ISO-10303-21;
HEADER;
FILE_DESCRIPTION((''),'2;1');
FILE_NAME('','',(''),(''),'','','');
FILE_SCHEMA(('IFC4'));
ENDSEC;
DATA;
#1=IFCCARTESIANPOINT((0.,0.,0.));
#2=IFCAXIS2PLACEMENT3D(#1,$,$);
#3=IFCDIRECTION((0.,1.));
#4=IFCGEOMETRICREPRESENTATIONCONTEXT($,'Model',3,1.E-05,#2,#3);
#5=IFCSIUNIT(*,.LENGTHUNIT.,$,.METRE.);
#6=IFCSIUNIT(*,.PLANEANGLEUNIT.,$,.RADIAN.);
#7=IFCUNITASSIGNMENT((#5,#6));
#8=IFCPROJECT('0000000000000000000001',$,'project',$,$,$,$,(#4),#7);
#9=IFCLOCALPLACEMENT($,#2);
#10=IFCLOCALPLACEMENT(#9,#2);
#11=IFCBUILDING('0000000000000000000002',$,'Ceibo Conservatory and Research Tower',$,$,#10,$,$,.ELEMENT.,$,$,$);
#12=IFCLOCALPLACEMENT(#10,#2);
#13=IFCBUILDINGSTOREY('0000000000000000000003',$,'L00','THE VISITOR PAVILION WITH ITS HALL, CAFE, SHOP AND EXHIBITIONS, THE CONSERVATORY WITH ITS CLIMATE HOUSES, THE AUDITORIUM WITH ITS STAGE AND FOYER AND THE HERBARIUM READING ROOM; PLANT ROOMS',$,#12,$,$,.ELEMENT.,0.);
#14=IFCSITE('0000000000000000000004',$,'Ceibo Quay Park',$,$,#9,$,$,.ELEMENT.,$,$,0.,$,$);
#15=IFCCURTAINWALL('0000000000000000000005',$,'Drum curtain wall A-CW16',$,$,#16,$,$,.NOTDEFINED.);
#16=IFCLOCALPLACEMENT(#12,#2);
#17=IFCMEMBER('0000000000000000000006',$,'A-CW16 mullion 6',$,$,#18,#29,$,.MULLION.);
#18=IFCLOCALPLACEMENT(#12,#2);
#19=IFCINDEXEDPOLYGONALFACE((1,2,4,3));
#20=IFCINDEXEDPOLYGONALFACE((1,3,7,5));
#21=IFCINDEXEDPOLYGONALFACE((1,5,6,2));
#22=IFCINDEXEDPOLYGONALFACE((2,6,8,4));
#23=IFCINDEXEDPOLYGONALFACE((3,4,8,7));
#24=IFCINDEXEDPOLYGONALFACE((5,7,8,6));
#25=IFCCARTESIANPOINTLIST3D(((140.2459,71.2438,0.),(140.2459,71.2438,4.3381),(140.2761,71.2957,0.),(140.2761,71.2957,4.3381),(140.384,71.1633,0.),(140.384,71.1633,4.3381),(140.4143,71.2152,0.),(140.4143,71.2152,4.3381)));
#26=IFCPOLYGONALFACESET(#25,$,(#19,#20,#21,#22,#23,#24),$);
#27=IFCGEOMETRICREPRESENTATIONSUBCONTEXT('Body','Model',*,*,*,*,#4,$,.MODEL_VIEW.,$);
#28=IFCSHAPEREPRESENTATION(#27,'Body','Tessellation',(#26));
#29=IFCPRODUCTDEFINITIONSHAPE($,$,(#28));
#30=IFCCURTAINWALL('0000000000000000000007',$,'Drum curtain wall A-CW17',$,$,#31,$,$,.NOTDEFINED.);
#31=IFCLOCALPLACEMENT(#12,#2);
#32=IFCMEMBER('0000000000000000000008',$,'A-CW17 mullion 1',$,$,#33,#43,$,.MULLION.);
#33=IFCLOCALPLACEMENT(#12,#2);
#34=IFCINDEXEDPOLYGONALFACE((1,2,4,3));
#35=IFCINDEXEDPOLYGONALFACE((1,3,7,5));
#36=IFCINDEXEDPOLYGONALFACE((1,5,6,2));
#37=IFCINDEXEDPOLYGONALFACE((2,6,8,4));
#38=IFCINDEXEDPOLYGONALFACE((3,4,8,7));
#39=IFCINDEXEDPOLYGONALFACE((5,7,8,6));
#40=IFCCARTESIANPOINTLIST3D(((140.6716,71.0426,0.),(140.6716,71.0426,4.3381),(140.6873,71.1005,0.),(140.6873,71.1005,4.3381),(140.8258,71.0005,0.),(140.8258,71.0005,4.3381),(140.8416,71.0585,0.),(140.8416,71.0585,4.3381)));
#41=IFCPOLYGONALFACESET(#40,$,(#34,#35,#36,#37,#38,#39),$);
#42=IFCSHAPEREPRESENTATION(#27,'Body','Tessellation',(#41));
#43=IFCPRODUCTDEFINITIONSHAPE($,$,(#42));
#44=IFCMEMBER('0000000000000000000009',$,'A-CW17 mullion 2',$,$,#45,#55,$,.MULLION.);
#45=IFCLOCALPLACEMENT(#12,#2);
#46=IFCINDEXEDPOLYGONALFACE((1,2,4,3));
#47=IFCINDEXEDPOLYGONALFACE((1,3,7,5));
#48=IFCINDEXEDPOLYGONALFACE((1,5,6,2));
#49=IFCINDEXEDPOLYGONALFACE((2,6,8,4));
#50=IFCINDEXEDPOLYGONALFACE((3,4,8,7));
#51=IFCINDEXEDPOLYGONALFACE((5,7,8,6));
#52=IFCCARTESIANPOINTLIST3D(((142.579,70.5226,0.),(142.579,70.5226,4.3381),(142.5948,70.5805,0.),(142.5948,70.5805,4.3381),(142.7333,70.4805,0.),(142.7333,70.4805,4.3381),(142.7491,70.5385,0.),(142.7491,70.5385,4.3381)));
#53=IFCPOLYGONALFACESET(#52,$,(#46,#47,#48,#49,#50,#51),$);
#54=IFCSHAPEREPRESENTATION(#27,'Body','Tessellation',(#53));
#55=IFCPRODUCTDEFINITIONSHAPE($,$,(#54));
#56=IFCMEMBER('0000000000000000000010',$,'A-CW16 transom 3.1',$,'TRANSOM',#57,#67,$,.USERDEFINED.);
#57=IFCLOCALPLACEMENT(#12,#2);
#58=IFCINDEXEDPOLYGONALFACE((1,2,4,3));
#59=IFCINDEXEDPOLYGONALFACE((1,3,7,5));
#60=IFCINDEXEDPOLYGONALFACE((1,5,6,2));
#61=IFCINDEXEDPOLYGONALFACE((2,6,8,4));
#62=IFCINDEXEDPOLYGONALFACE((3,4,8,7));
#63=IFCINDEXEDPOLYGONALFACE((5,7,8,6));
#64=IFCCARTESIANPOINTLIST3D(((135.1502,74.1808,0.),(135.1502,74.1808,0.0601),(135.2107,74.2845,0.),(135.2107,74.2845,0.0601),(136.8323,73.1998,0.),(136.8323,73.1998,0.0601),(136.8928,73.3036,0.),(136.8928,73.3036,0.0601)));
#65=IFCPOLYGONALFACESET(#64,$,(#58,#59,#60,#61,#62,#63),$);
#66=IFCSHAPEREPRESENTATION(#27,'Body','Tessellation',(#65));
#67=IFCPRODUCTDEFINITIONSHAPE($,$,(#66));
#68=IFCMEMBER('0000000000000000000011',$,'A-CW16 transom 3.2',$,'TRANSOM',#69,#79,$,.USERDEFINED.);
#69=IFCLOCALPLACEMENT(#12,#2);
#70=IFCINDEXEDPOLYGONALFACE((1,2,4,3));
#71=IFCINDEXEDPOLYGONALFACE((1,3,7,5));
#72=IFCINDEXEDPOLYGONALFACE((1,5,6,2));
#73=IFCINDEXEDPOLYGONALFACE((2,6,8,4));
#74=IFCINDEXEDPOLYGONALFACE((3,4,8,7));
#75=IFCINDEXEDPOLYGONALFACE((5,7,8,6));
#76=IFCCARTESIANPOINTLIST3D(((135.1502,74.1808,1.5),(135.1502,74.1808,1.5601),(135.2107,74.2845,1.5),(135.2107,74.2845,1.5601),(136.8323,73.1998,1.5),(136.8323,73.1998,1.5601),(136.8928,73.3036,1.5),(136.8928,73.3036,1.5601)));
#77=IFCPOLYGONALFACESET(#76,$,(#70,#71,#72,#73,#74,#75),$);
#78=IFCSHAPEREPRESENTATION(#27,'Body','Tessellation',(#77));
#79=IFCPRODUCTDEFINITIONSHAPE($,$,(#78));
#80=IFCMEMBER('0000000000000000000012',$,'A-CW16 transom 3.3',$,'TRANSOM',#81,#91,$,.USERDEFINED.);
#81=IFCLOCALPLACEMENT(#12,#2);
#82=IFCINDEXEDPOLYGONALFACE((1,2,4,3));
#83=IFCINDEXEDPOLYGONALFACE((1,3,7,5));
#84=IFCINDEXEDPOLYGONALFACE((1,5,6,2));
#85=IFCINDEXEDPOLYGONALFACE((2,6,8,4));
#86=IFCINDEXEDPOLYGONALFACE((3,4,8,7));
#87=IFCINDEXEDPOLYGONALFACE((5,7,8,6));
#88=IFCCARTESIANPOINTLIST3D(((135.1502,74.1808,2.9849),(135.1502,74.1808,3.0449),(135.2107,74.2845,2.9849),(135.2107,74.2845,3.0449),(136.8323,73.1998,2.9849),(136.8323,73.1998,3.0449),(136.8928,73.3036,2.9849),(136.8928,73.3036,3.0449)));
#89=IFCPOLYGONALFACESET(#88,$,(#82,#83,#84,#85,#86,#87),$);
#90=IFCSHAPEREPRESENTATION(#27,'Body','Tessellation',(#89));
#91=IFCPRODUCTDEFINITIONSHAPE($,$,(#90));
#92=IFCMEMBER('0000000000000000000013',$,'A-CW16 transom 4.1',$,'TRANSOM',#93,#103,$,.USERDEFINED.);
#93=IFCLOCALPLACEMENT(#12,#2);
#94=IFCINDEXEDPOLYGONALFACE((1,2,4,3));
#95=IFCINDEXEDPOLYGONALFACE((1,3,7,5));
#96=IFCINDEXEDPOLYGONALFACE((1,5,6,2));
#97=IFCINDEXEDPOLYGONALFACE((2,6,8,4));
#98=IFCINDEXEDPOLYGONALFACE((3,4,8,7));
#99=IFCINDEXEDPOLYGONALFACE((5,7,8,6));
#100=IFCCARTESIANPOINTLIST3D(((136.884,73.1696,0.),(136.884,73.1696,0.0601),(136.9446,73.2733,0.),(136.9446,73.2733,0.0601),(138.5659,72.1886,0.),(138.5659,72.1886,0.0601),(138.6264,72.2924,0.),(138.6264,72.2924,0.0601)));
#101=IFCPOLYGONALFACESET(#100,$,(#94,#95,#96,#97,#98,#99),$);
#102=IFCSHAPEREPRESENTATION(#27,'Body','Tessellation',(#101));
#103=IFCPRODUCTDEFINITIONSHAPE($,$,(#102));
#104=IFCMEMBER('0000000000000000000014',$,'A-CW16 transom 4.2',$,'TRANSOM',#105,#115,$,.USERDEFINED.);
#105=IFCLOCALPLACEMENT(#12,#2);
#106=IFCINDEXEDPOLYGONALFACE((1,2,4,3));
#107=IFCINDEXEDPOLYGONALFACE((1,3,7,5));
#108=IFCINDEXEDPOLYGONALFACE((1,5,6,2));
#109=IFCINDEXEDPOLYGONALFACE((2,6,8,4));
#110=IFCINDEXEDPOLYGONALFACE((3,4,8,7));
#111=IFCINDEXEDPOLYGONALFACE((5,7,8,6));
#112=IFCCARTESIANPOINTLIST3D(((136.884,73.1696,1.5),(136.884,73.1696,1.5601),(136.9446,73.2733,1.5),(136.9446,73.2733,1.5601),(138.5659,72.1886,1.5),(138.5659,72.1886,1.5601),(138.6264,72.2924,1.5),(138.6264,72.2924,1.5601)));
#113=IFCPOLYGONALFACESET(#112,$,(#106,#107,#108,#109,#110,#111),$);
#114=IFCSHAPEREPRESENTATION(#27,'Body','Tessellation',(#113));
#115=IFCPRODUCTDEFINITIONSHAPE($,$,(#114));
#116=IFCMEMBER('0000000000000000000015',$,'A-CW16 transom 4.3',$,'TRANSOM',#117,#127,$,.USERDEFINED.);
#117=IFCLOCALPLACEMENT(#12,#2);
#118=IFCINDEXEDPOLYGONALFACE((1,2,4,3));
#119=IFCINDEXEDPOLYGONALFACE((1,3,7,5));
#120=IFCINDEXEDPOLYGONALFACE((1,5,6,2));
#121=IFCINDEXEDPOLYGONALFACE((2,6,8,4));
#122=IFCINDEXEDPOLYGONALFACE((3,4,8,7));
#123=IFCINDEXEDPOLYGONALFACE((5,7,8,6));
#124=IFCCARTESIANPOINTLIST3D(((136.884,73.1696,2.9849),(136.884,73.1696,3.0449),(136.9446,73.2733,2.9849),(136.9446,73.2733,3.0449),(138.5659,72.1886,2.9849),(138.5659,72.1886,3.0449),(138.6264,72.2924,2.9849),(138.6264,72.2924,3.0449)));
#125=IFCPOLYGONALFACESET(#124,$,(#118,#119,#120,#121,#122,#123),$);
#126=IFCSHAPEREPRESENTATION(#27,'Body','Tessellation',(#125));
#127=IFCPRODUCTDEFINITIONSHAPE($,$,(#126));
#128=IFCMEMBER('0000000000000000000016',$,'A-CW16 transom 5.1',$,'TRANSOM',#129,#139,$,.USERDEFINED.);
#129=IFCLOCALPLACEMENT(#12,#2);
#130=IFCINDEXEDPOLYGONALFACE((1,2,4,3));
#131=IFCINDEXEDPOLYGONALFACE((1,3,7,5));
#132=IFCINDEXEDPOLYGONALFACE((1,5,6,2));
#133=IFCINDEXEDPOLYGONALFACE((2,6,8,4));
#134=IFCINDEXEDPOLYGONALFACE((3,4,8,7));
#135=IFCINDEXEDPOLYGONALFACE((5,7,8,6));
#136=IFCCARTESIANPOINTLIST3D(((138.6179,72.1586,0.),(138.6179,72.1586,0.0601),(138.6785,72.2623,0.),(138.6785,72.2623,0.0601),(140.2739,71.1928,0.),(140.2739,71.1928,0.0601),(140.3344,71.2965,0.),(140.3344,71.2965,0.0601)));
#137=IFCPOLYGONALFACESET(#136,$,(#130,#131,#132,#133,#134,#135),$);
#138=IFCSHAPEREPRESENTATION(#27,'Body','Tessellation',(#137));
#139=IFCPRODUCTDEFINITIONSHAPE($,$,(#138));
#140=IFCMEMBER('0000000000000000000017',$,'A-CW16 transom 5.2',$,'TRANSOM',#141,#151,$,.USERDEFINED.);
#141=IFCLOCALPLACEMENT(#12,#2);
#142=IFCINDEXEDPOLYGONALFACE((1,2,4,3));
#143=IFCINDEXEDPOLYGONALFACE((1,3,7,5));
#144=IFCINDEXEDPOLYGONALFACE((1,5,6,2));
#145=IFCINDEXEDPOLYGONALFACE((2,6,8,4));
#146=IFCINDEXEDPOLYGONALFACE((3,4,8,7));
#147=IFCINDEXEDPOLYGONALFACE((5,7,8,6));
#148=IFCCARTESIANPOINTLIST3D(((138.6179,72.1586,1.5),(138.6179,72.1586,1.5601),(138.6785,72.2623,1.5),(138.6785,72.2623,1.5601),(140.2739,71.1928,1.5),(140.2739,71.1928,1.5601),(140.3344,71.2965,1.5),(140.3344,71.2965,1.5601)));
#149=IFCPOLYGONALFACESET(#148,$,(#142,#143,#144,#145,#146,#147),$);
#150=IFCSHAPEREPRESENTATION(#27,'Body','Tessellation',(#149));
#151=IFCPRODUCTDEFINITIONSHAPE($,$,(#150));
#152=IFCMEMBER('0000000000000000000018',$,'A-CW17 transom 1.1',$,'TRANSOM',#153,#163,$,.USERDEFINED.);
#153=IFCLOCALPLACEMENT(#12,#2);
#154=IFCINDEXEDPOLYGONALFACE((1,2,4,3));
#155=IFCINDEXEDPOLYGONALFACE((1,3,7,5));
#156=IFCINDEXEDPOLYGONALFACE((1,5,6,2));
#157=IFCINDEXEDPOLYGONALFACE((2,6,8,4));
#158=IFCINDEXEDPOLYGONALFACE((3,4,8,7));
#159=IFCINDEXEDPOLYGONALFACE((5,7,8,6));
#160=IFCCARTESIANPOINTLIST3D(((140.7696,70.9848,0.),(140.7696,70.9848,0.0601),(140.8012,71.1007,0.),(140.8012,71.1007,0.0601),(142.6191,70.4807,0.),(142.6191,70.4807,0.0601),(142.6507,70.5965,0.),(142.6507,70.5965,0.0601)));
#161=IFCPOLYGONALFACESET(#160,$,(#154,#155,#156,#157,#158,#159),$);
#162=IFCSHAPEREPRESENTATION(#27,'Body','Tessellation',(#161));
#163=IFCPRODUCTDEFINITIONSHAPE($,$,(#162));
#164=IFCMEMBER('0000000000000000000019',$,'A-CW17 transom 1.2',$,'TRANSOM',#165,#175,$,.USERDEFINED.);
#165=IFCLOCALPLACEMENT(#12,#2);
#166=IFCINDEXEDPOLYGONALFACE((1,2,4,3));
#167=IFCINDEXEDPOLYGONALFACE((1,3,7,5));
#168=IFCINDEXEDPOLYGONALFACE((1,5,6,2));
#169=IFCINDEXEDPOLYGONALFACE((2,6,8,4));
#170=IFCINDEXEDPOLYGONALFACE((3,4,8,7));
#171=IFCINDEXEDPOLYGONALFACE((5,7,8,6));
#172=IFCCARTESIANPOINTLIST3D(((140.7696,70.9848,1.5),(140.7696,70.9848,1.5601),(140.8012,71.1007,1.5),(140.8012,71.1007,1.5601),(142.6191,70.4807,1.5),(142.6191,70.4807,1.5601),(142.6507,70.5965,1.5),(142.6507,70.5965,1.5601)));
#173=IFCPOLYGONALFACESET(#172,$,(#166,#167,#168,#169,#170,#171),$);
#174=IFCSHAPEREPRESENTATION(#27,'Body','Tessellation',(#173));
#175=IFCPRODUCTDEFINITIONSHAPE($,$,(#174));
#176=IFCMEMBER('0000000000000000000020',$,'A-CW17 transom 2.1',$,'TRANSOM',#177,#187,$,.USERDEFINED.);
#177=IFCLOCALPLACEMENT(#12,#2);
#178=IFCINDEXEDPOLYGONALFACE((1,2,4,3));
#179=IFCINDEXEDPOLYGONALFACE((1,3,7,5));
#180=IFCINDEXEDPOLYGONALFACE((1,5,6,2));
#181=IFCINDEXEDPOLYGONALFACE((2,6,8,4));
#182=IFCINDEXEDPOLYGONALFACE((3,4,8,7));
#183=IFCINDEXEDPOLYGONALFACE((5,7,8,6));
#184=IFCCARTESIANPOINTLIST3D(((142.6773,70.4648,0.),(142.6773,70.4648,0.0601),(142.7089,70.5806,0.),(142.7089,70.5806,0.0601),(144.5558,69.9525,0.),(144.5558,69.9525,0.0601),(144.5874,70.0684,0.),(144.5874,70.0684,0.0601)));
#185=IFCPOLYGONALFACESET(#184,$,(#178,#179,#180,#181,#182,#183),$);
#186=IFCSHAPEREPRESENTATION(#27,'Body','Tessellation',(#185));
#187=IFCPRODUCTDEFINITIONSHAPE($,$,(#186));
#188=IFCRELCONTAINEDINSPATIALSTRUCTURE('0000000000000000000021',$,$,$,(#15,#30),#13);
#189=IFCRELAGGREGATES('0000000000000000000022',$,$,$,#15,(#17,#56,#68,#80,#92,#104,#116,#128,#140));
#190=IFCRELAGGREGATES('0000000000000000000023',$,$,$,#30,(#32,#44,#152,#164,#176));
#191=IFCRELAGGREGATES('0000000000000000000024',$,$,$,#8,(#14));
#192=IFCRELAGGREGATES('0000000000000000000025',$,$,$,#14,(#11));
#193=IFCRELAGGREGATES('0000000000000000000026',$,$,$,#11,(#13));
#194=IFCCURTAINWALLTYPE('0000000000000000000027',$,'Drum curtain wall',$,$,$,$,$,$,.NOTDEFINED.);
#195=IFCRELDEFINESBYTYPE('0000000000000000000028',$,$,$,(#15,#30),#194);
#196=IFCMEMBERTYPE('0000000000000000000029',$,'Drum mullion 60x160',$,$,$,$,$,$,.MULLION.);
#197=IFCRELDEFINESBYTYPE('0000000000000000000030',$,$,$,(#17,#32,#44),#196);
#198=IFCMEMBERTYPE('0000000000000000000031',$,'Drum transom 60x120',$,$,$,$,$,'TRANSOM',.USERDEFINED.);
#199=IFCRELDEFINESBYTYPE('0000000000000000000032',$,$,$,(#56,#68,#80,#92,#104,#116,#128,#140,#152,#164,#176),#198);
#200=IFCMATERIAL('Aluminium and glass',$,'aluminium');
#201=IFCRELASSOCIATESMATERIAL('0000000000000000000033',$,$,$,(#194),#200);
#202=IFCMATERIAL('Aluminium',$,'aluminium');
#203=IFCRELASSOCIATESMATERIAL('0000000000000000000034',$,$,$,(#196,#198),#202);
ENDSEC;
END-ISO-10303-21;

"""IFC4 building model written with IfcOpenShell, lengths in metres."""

from ifc_helpers import new_model, si_unit, direction, frame, origin, origin_2d, place, context, subcontext, project, spatial, rectangle, extrude, material, material_profile, profile_set, type_object, element, aggregate, save


model = new_model("IFC4")

# Units and contexts
model_context = context("Model", 3, precision=1e-05, world=origin(), true_north=direction((0.0, 1.0)))
body_context = subcontext(model_context, "Body", "Model", "MODEL_VIEW")
ifc_project = project(units=[si_unit("LENGTHUNIT", "METRE"), si_unit("PLANEANGLEUNIT", "RADIAN")], contexts=[model_context])

# Site, building, storey
site_placement = place(None, origin())
site = spatial("IfcSite", under=ifc_project, at=site_placement, Name="Ceibo Quay Park", CompositionType="ELEMENT", RefElevation=0.0)
building_placement = place(site_placement, origin())
building = spatial("IfcBuilding", under=site, at=building_placement, Name="Ceibo Conservatory and Research Tower", CompositionType="ELEMENT")
storey_placement = place(building_placement, origin())
storey = spatial("IfcBuildingStorey", under=building, at=storey_placement, Name="L00", Description="THE VISITOR PAVILION WITH ITS HALL, CAFE, SHOP AND EXHIBITIONS, THE CONSERVATORY WITH ITS CLIMATE HOUSES, THE AUDITORIUM WITH ITS STAGE AND FOYER AND THE HERBARIUM READING ROOM; PLANT ROOMS", CompositionType="ELEMENT", Elevation=0.0)

# Curtain walls, members
ifc_material_1 = material(Name="Aluminium and glass", Category="aluminium")
curtain_wall_type = type_object("IfcCurtainWallType", Name="Drum curtain wall", PredefinedType="NOTDEFINED", material=ifc_material_1)
curtain_wall_1_placement = place(storey_placement, origin())
curtain_wall_1 = element("IfcCurtainWall", 1, at=curtain_wall_1_placement, inside=storey, type_object=curtain_wall_type, Name="Drum curtain wall A-CW16", PredefinedType="NOTDEFINED")
ifc_material_2 = material(Name="Aluminium", Category="aluminium")
ifc_material_profile_1 = material_profile(ifc_material_2, rectangle(XDim=0.0601, YDim=0.1599, at=origin_2d()), Name="AL 60x160")
ifc_profile_set_1 = profile_set([ifc_material_profile_1], Name="Aluminium")
member_type_1 = type_object("IfcMemberType", Name="Drum mullion 60x160", PredefinedType="MULLION", material=ifc_profile_set_1)
member_1_placement = place(storey_placement, frame((140.3301, 71.2295, 0.0), z_axis=(0.0, 0.0, 1.0), x_axis=(0.503774, 0.863836, 0.0)))
member_1 = element("IfcMember", 2, at=member_1_placement, type_object=member_type_1, Name="A-CW16 mullion 6", PredefinedType="MULLION", context=body_context, shape_type="SweptSolid", body=[
    extrude(rectangle(XDim=0.0601, YDim=0.1599, at=origin_2d()), origin(), (0.0, 0.0, 1.0), 4.3381),
])
curtain_wall_2_placement = place(storey_placement, origin())
curtain_wall_2 = element("IfcCurtainWall", 3, at=curtain_wall_2_placement, inside=storey, type_object=curtain_wall_type, Name="Drum curtain wall A-CW17", PredefinedType="NOTDEFINED")
member_2_placement = place(storey_placement, frame((140.7566, 71.0505, 0.0), z_axis=(0.0, 0.0, 1.0), x_axis=(0.263031, 0.964787, 0.0)))
member_2 = element("IfcMember", 4, at=member_2_placement, type_object=member_type_1, Name="A-CW17 mullion 1", PredefinedType="MULLION", context=body_context, shape_type="SweptSolid", body=[
    extrude(rectangle(XDim=0.0601, YDim=0.1599, at=origin_2d()), origin(), (0.0, 0.0, 1.0), 4.3381),
])
member_3_placement = place(storey_placement, frame((142.6641, 70.5305, 0.0), z_axis=(0.0, 0.0, 1.0), x_axis=(0.263031, 0.964787, 0.0)))
member_3 = element("IfcMember", 5, at=member_3_placement, type_object=member_type_1, Name="A-CW17 mullion 2", PredefinedType="MULLION", context=body_context, shape_type="SweptSolid", body=[
    extrude(rectangle(XDim=0.0601, YDim=0.1599, at=origin_2d()), origin(), (0.0, 0.0, 1.0), 4.3381),
])

# Members
ifc_material_profile_2 = material_profile(ifc_material_2, rectangle(XDim=0.1201, YDim=0.0601, at=origin_2d()), Name="AL 60x120")
ifc_profile_set_2 = profile_set([ifc_material_profile_2], Name="Aluminium")
member_type_2 = type_object("IfcMemberType", Name="Drum transom 60x120", ElementType="TRANSOM", PredefinedType="USERDEFINED", material=ifc_profile_set_2)
member_4_placement = place(storey_placement, frame((135.1804, 74.2327, 0.03), z_axis=(0.863843, -0.503762, 0.0), x_axis=(0.503762, 0.863843, 0.0)))
member_4 = element("IfcMember", 6, at=member_4_placement, type_object=member_type_2, Name="A-CW16 transom 3.1", ObjectType="TRANSOM", PredefinedType="USERDEFINED", context=body_context, shape_type="SweptSolid", body=[
    extrude(rectangle(XDim=0.1201, YDim=0.0601, at=origin_2d()), origin(), (0.0, 0.0, 1.0), 1.9473),
])
member_5_placement = place(storey_placement, frame((135.1804, 74.2327, 1.53), z_axis=(0.863843, -0.503762, 0.0), x_axis=(0.503762, 0.863843, 0.0)))
member_5 = element("IfcMember", 7, at=member_5_placement, type_object=member_type_2, Name="A-CW16 transom 3.2", ObjectType="TRANSOM", PredefinedType="USERDEFINED", context=body_context, shape_type="SweptSolid", body=[
    extrude(rectangle(XDim=0.1201, YDim=0.0601, at=origin_2d()), origin(), (0.0, 0.0, 1.0), 1.9473),
])
member_6_placement = place(storey_placement, frame((135.1804, 74.2327, 3.0149), z_axis=(0.863843, -0.503762, 0.0), x_axis=(0.503762, 0.863843, 0.0)))
member_6 = element("IfcMember", 8, at=member_6_placement, type_object=member_type_2, Name="A-CW16 transom 3.3", ObjectType="TRANSOM", PredefinedType="USERDEFINED", context=body_context, shape_type="SweptSolid", body=[
    extrude(rectangle(XDim=0.1201, YDim=0.0601, at=origin_2d()), origin(), (0.0, 0.0, 1.0), 1.9473),
])
member_7_placement = place(storey_placement, frame((136.9143, 73.2214, 0.03), z_axis=(0.863811, -0.503816, 0.0), x_axis=(0.503816, 0.863811, 0.0)))
member_7 = element("IfcMember", 9, at=member_7_placement, type_object=member_type_2, Name="A-CW16 transom 4.1", ObjectType="TRANSOM", PredefinedType="USERDEFINED", context=body_context, shape_type="SweptSolid", body=[
    extrude(rectangle(XDim=0.1201, YDim=0.0601, at=origin_2d()), origin(), (0.0, 0.0, 1.0), 1.947),
])
member_8_placement = place(storey_placement, frame((136.9143, 73.2214, 1.53), z_axis=(0.863811, -0.503816, 0.0), x_axis=(0.503816, 0.863811, 0.0)))
member_8 = element("IfcMember", 10, at=member_8_placement, type_object=member_type_2, Name="A-CW16 transom 4.2", ObjectType="TRANSOM", PredefinedType="USERDEFINED", context=body_context, shape_type="SweptSolid", body=[
    extrude(rectangle(XDim=0.1201, YDim=0.0601, at=origin_2d()), origin(), (0.0, 0.0, 1.0), 1.947),
])
member_9_placement = place(storey_placement, frame((136.9143, 73.2214, 3.0149), z_axis=(0.863811, -0.503816, 0.0), x_axis=(0.503816, 0.863811, 0.0)))
member_9 = element("IfcMember", 11, at=member_9_placement, type_object=member_type_2, Name="A-CW16 transom 4.3", ObjectType="TRANSOM", PredefinedType="USERDEFINED", context=body_context, shape_type="SweptSolid", body=[
    extrude(rectangle(XDim=0.1201, YDim=0.0601, at=origin_2d()), origin(), (0.0, 0.0, 1.0), 1.947),
])
member_10_placement = place(storey_placement, frame((138.6482, 72.2104, 0.03), z_axis=(0.86382, -0.5038, 0.0), x_axis=(0.5038, 0.86382, 0.0)))
member_10 = element("IfcMember", 12, at=member_10_placement, type_object=member_type_2, Name="A-CW16 transom 5.1", ObjectType="TRANSOM", PredefinedType="USERDEFINED", context=body_context, shape_type="SweptSolid", body=[
    extrude(rectangle(XDim=0.1201, YDim=0.0601, at=origin_2d()), origin(), (0.0, 0.0, 1.0), 1.917),
])
member_11_placement = place(storey_placement, frame((138.6482, 72.2104, 1.53), z_axis=(0.86382, -0.5038, 0.0), x_axis=(0.5038, 0.86382, 0.0)))
member_11 = element("IfcMember", 13, at=member_11_placement, type_object=member_type_2, Name="A-CW16 transom 5.2", ObjectType="TRANSOM", PredefinedType="USERDEFINED", context=body_context, shape_type="SweptSolid", body=[
    extrude(rectangle(XDim=0.1201, YDim=0.0601, at=origin_2d()), origin(), (0.0, 0.0, 1.0), 1.917),
])
member_12_placement = place(storey_placement, frame((140.7854, 71.0427, 0.03), z_axis=(0.964802, -0.262977, 0.0), x_axis=(0.262977, 0.964802, 0.0)))
member_12 = element("IfcMember", 14, at=member_12_placement, type_object=member_type_2, Name="A-CW17 transom 1.1", ObjectType="TRANSOM", PredefinedType="USERDEFINED", context=body_context, shape_type="SweptSolid", body=[
    extrude(rectangle(XDim=0.1201, YDim=0.0601, at=origin_2d()), origin(), (0.0, 0.0, 1.0), 1.917),
])
member_13_placement = place(storey_placement, frame((140.7854, 71.0427, 1.53), z_axis=(0.964802, -0.262977, 0.0), x_axis=(0.262977, 0.964802, 0.0)))
member_13 = element("IfcMember", 15, at=member_13_placement, type_object=member_type_2, Name="A-CW17 transom 1.2", ObjectType="TRANSOM", PredefinedType="USERDEFINED", context=body_context, shape_type="SweptSolid", body=[
    extrude(rectangle(XDim=0.1201, YDim=0.0601, at=origin_2d()), origin(), (0.0, 0.0, 1.0), 1.917),
])
member_14_placement = place(storey_placement, frame((142.6931, 70.5227, 0.03), z_axis=(0.964775, -0.263075, 0.0), x_axis=(0.263075, 0.964775, 0.0)))
member_14 = element("IfcMember", 16, at=member_14_placement, type_object=member_type_2, Name="A-CW17 transom 2.1", ObjectType="TRANSOM", PredefinedType="USERDEFINED", context=body_context, shape_type="SweptSolid", body=[
    extrude(rectangle(XDim=0.1201, YDim=0.0601, at=origin_2d()), origin(), (0.0, 0.0, 1.0), 1.947),
])

aggregate(curtain_wall_1, [member_1, member_4, member_5, member_6, member_7, member_8, member_9, member_10, member_11])
aggregate(curtain_wall_2, [member_2, member_3, member_12, member_13, member_14])

save(model, "model.ifc")
